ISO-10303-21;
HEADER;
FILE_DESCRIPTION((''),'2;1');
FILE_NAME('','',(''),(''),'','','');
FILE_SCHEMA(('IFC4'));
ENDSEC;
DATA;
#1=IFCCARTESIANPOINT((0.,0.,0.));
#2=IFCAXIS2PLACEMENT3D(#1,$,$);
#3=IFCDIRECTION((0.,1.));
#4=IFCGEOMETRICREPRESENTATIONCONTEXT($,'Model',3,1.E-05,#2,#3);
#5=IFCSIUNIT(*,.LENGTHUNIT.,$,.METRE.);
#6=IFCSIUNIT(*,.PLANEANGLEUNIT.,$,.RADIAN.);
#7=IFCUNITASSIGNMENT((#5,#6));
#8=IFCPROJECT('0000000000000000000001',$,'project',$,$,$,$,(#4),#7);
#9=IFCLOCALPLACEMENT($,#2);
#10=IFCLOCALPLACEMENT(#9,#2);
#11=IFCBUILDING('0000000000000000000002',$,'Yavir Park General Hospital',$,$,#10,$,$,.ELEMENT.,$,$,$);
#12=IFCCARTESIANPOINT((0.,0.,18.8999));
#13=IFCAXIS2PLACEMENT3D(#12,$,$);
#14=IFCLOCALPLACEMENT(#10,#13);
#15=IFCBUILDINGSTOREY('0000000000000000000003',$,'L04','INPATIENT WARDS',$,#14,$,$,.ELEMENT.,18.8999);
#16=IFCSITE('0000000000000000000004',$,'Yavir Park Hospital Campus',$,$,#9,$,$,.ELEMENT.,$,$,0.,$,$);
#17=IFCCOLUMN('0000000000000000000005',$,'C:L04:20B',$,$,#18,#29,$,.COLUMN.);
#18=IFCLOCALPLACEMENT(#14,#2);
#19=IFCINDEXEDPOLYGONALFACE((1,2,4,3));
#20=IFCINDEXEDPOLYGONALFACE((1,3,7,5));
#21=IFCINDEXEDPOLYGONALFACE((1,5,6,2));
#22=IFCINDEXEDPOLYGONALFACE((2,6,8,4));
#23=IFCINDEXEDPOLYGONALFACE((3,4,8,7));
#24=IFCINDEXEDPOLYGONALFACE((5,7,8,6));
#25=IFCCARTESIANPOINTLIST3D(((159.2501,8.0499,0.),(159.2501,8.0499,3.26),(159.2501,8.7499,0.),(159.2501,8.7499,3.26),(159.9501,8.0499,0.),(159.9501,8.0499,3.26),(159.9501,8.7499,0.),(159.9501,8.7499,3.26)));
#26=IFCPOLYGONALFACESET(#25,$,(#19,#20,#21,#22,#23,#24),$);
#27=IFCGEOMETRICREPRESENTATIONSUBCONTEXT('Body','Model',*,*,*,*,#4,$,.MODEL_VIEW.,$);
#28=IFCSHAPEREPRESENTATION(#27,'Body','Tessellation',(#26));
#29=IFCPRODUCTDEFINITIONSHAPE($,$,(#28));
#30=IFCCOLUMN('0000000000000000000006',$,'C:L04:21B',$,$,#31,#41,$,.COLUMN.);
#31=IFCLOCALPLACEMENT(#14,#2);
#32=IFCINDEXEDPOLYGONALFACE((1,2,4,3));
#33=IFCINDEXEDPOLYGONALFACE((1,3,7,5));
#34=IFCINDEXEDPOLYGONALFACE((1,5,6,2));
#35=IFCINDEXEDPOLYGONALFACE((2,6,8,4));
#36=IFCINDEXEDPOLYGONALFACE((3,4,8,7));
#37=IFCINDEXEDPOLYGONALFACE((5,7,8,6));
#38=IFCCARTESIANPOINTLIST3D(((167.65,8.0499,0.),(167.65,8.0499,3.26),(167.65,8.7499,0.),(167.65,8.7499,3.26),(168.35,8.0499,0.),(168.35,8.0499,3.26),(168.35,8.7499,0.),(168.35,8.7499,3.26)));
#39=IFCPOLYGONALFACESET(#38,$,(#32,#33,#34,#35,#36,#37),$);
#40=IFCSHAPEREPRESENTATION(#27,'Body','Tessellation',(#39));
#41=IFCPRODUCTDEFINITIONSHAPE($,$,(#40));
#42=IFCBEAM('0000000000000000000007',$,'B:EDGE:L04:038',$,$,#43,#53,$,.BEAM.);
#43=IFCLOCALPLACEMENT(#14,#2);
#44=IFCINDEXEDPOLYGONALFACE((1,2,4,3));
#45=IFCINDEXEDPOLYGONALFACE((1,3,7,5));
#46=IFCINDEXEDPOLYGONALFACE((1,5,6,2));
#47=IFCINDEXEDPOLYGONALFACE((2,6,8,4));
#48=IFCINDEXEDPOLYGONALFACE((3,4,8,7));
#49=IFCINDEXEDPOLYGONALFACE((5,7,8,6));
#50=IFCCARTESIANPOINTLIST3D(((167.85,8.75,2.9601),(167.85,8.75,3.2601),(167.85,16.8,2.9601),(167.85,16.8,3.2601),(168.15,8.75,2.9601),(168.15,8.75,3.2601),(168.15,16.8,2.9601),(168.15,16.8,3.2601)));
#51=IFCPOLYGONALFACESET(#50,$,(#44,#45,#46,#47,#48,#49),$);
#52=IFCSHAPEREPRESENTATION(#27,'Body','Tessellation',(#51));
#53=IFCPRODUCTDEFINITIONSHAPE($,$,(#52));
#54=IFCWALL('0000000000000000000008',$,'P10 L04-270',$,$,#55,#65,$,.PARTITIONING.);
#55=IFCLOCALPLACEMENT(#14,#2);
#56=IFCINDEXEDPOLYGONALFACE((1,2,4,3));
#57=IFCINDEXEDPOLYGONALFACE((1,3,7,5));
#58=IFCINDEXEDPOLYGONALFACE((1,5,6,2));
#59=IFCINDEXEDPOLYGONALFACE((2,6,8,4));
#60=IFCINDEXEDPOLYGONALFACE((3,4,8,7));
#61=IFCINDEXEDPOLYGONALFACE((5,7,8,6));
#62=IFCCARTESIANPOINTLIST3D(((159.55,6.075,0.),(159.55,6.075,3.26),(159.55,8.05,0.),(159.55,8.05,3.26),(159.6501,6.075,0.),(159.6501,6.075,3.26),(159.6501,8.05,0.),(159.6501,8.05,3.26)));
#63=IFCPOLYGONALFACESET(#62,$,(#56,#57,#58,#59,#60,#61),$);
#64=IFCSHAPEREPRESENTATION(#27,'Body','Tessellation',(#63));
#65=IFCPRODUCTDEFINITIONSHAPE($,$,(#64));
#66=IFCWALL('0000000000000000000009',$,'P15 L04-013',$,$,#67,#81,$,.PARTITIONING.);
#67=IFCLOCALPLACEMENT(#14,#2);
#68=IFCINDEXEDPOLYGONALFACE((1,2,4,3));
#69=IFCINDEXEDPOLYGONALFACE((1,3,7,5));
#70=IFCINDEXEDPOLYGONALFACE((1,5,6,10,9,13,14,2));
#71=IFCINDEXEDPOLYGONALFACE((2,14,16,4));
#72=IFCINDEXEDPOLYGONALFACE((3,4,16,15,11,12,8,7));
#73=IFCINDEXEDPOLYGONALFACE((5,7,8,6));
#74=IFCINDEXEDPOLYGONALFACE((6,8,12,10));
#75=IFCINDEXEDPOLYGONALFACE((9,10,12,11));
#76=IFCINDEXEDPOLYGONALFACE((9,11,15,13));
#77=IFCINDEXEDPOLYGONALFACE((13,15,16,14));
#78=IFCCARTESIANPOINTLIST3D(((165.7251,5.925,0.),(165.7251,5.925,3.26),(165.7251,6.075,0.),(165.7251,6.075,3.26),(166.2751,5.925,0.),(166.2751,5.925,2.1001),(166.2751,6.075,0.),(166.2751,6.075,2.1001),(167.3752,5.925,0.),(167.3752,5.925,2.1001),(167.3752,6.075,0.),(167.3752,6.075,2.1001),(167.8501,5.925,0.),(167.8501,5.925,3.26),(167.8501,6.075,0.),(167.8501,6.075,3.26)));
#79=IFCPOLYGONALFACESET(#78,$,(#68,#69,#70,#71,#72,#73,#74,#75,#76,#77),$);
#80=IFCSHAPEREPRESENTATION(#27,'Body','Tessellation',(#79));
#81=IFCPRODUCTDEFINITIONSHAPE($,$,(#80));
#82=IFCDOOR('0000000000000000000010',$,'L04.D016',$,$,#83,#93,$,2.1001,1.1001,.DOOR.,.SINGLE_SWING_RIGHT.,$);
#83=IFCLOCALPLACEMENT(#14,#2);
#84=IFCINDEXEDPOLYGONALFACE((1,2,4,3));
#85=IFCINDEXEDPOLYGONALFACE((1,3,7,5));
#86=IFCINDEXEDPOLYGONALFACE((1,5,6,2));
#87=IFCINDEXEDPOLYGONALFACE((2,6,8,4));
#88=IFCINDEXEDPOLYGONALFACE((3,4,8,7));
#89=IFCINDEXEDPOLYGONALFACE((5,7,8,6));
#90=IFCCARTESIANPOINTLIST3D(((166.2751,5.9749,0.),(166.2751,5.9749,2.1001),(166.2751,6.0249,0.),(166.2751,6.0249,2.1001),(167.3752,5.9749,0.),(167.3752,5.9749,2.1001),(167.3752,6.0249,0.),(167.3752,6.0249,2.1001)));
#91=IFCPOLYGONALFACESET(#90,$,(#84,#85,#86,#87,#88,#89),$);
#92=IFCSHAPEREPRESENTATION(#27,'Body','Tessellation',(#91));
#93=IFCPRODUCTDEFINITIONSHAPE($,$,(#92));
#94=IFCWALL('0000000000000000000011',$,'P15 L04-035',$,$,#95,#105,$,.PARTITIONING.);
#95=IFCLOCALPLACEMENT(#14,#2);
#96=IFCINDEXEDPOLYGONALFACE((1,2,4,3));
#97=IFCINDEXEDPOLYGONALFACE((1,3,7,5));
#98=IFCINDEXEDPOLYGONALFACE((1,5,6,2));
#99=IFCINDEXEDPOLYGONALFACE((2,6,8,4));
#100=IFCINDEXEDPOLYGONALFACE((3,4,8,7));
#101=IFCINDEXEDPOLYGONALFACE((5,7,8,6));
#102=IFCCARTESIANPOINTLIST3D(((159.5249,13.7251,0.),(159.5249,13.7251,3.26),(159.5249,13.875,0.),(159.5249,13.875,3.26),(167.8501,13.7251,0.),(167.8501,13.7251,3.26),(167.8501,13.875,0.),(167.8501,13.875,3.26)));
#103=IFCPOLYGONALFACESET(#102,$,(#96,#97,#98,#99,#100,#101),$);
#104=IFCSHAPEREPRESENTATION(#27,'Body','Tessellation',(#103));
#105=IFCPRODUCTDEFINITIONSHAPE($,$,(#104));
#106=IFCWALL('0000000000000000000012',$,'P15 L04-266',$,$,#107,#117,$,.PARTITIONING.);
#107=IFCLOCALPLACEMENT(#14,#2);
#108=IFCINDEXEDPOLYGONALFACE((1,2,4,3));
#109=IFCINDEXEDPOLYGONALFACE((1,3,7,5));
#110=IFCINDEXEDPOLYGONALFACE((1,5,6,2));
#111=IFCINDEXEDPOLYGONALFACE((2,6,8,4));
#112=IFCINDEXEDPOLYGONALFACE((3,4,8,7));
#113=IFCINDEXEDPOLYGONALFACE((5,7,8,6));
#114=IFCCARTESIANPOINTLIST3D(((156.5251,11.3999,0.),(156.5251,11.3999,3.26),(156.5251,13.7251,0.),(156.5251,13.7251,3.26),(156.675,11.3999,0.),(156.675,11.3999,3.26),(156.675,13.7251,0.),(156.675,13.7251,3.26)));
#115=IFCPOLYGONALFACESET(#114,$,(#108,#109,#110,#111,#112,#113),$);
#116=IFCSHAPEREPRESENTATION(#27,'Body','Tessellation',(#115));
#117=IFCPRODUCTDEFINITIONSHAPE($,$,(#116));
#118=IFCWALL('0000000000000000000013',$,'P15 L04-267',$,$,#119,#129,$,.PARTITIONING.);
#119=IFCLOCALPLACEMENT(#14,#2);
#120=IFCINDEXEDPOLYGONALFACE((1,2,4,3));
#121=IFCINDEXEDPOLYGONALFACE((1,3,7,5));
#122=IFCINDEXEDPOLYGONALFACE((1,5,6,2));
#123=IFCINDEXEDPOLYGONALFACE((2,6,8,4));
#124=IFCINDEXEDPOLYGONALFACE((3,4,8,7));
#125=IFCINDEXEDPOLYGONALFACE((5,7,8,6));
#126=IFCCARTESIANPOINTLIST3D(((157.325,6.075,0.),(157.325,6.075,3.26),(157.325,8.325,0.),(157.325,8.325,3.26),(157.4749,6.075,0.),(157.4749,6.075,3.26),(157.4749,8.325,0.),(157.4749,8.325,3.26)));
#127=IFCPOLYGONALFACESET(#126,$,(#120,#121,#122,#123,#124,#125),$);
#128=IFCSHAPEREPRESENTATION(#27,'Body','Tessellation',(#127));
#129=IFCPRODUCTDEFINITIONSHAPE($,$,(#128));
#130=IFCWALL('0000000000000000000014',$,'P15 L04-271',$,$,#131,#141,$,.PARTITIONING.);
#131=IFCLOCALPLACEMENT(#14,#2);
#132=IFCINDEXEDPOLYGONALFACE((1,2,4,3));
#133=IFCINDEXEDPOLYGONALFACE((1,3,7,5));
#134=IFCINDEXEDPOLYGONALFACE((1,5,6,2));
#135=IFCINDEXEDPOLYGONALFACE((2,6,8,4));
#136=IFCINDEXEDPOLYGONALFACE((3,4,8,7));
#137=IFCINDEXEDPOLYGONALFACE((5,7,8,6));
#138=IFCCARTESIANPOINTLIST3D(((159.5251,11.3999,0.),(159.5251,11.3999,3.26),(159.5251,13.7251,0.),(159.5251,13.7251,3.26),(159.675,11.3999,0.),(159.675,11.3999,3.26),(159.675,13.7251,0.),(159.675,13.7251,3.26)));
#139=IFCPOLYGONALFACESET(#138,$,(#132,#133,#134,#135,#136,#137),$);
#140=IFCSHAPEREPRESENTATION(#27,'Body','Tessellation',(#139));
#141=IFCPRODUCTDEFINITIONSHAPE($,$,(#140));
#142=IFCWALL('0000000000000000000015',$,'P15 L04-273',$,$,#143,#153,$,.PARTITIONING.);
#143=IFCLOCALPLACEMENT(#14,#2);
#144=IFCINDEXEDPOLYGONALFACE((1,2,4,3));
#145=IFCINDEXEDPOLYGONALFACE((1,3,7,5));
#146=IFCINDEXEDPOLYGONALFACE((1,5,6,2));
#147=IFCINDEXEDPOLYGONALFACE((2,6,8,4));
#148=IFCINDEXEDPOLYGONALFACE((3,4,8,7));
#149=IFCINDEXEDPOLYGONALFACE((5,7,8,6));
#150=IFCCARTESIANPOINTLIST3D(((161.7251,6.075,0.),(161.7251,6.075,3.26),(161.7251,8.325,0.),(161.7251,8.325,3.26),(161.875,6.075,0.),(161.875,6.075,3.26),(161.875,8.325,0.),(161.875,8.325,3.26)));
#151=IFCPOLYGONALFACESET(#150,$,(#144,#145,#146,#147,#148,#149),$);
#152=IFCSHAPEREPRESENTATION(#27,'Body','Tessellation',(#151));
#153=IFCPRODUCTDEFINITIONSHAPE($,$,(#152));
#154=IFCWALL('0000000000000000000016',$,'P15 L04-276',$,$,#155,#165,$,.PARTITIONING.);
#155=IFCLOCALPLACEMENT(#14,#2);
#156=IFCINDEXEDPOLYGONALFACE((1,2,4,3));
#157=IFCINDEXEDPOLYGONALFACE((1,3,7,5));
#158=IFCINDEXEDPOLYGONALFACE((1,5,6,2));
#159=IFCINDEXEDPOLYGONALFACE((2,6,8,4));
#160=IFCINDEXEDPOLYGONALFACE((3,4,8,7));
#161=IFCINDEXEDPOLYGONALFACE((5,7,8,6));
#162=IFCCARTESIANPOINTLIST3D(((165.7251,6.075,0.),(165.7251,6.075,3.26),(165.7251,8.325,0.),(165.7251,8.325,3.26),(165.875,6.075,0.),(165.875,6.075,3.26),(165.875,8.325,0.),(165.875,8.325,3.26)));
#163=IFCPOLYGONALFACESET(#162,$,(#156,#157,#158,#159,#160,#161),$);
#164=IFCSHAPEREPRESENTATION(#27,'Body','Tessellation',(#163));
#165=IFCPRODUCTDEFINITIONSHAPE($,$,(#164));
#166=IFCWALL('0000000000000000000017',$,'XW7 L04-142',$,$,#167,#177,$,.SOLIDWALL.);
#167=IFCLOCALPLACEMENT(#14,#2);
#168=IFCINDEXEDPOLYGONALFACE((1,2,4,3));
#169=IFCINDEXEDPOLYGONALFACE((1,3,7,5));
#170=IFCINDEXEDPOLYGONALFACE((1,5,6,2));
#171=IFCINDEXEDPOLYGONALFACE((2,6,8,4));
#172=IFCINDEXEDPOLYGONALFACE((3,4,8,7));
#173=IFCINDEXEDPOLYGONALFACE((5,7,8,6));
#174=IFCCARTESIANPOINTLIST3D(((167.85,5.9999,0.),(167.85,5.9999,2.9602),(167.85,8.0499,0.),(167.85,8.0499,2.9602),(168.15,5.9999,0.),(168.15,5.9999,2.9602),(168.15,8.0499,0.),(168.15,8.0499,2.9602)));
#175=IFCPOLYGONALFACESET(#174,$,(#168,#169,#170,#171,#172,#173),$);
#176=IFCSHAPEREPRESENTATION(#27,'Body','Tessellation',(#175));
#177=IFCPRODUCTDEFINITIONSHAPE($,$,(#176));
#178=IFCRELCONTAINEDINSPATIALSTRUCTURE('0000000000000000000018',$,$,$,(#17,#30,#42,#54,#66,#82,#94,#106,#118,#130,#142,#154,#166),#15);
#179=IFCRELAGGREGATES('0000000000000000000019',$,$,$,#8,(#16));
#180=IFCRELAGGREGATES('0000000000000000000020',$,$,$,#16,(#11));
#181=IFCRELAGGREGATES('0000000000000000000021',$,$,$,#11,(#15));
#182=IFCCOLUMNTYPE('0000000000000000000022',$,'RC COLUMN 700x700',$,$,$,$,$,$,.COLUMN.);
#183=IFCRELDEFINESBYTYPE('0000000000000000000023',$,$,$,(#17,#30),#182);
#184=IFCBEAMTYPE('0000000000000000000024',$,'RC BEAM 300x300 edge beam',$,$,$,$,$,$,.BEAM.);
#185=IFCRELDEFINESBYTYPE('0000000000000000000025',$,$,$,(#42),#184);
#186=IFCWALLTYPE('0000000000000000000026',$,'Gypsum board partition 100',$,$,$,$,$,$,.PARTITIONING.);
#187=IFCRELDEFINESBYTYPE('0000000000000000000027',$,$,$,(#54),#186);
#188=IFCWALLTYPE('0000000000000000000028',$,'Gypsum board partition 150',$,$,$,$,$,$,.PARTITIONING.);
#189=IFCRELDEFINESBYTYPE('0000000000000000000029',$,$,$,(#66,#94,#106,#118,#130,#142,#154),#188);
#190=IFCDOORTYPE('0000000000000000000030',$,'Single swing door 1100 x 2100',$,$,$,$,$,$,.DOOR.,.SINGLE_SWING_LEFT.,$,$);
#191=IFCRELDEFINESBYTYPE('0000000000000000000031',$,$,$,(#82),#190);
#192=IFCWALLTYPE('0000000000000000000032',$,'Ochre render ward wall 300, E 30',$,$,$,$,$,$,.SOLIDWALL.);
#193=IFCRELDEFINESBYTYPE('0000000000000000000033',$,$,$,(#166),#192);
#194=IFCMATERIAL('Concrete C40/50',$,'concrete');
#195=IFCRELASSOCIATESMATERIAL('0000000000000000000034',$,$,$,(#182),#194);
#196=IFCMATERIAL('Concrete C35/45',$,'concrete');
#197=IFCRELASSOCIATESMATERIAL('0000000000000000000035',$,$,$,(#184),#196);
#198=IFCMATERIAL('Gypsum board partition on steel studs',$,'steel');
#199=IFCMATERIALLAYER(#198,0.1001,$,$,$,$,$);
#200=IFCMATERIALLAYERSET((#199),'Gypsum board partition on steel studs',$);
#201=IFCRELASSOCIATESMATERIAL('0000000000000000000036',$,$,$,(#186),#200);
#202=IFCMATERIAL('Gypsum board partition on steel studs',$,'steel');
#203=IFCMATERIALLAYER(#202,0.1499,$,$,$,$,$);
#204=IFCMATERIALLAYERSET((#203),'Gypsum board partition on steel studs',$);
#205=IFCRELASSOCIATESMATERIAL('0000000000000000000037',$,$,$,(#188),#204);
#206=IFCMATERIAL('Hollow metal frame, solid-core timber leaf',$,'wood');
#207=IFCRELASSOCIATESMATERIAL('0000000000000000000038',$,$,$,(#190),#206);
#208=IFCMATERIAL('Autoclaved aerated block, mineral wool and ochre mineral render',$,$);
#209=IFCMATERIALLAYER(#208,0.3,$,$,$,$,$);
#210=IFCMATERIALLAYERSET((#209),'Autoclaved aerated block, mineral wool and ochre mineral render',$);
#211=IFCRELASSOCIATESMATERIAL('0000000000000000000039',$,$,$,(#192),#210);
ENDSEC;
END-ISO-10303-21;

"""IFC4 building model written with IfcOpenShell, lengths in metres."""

from ifc_helpers import new_model, si_unit, direction, frame, frame_2d, origin, origin_2d, place, context, subcontext, project, spatial, rectangle, extrude, material, layer, layer_set, material_profile, profile_set, type_object, element, fill, save


model = new_model("IFC4")

# Units and contexts
model_context = context("Model", 3, precision=1e-05, world=origin(), true_north=direction((0.0, 1.0)))
body_context = subcontext(model_context, "Body", "Model", "MODEL_VIEW")
ifc_project = project(units=[si_unit("LENGTHUNIT", "METRE"), si_unit("PLANEANGLEUNIT", "RADIAN")], contexts=[model_context])

# Site, building, storey
site_placement = place(None, origin())
site = spatial("IfcSite", under=ifc_project, at=site_placement, Name="Yavir Park Hospital Campus", CompositionType="ELEMENT", RefElevation=0.0)
building_placement = place(site_placement, origin())
building = spatial("IfcBuilding", under=site, at=building_placement, Name="Yavir Park General Hospital", CompositionType="ELEMENT")
storey_placement = place(building_placement, frame((0.0, 0.0, 18.8999)))
storey = spatial("IfcBuildingStorey", under=building, at=storey_placement, Name="L04", Description="INPATIENT WARDS", CompositionType="ELEMENT", Elevation=18.8999)

# Columns
ifc_material_1 = material(Name="Concrete C40/50", Category="concrete")
ifc_material_profile_1 = material_profile(ifc_material_1, rectangle(XDim=0.7, YDim=0.7, at=origin_2d()), Name="RC700x700")
ifc_profile_set_1 = profile_set([ifc_material_profile_1], Name="Concrete C40/50")
column_type = type_object("IfcColumnType", Name="RC COLUMN 700x700", PredefinedType="COLUMN", material=ifc_profile_set_1)
for number, where, z_axis, x_axis, name in (
    (1, (159.6001, 8.3999, 0.0), (0.0, 0.0, 1.0), (1.0, 0.0, 0.0), "C:L04:20B"),
    (2, (168.0, 8.3999, 0.0), (0.0, 0.0, 1.0), (1.0, 0.0, 0.0), "C:L04:21B"),
):
    element("IfcColumn", number, at=place(storey_placement, frame(where, z_axis=z_axis, x_axis=x_axis)), inside=storey, type_object=column_type, Name=name, PredefinedType="COLUMN", context=body_context, shape_type="SweptSolid", body=[
        extrude(rectangle(XDim=0.7, YDim=0.7, at=origin_2d()), origin(), (0.0, 0.0, 1.0), 3.26),
    ])

# Beam
ifc_material_2 = material(Name="Concrete C35/45", Category="concrete")
ifc_material_profile_2 = material_profile(ifc_material_2, rectangle(XDim=0.3, YDim=0.3, at=origin_2d()), Name="RC300x300")
ifc_profile_set_2 = profile_set([ifc_material_profile_2], Name="Concrete C35/45")
beam_type = type_object("IfcBeamType", Name="RC BEAM 300x300 edge beam", PredefinedType="BEAM", material=ifc_profile_set_2)
beam_placement = place(storey_placement, frame((168.0, 8.75, 3.1101), z_axis=(0.0, 1.0, 0.0), x_axis=(-1.0, 0.0, 0.0)))
element("IfcBeam", 3, at=beam_placement, inside=storey, type_object=beam_type, Name="B:EDGE:L04:038", PredefinedType="BEAM", context=body_context, shape_type="SweptSolid", body=[
    extrude(rectangle(XDim=0.3, YDim=0.3, at=origin_2d()), origin(), (0.0, 0.0, 1.0), 8.05),
])

# Wall
ifc_material_3 = material(Name="Gypsum board partition on steel studs", Category="steel")
ifc_layer_1 = layer(ifc_material_3, 0.1001)
ifc_layer_set_1 = layer_set([ifc_layer_1], Name="Gypsum board partition on steel studs")
wall_type_1 = type_object("IfcWallType", Name="Gypsum board partition 100", PredefinedType="PARTITIONING", material=ifc_layer_set_1)
wall_1_placement = place(storey_placement, frame((159.6001, 6.075, 0.0), z_axis=(0.0, 0.0, 1.0), x_axis=(0.0, 1.0, 0.0)))
element("IfcWall", 4, at=wall_1_placement, inside=storey, type_object=wall_type_1, Name="P10 L04-270", PredefinedType="PARTITIONING", context=body_context, shape_type="SweptSolid", body=[
    extrude(rectangle(XDim=1.9751, YDim=0.1001, at=frame_2d((0.9875, 0.0))), origin(), (0.0, 0.0, 1.0), 3.26),
])

# Wall, opening, door
ifc_material_4 = material(Name="Gypsum board partition on steel studs", Category="steel")
ifc_layer_2 = layer(ifc_material_4, 0.1499)
ifc_layer_set_2 = layer_set([ifc_layer_2], Name="Gypsum board partition on steel studs")
wall_type_2 = type_object("IfcWallType", Name="Gypsum board partition 150", PredefinedType="PARTITIONING", material=ifc_layer_set_2)
wall_2_placement = place(storey_placement, frame((165.7251, 6.0, 0.0), z_axis=(0.0, 0.0, 1.0), x_axis=(1.0, 0.0, 0.0)))
wall_2 = element("IfcWall", 5, at=wall_2_placement, inside=storey, type_object=wall_type_2, Name="P15 L04-013", PredefinedType="PARTITIONING", context=body_context, shape_type="SweptSolid", body=[
    extrude(rectangle(XDim=2.125, YDim=0.1499, at=frame_2d((1.0625, 0.0))), origin(), (0.0, 0.0, 1.0), 3.26),
])
opening_1_placement = place(wall_2_placement, frame((0.55, 0.0, 0.0)))
opening_1 = element("IfcOpeningElement", 6, at=opening_1_placement, cuts=wall_2, PredefinedType="OPENING", context=body_context, shape_type="SweptSolid", body=[
    extrude(rectangle(XDim=1.1001, YDim=2.1001, at=frame_2d((0.55, 1.05))), frame((0.0, 0.085, 0.0), z_axis=(0.0, -1.0, 0.0), x_axis=(1.0, 0.0, 0.0)), (0.0, 0.0, 1.0), 0.1699),
])
ifc_material_5 = material(Name="Hollow metal frame, solid-core timber leaf", Category="wood")
door_type_1 = type_object("IfcDoorType", Name="Single swing door 1100 x 2100", OperationType="SINGLE_SWING_LEFT", PredefinedType="DOOR", material=ifc_material_5)
door_1_placement = place(opening_1_placement, origin())
door_1 = element("IfcDoor", 7, at=door_1_placement, inside=storey, type_object=door_type_1, Name="L04.D016", OperationType="SINGLE_SWING_RIGHT", OverallHeight=2.1001, OverallWidth=1.1001, PredefinedType="DOOR", context=body_context, shape_type="SweptSolid", body=[
    extrude(rectangle(XDim=1.1001, YDim=2.1001, at=frame_2d((0.55, 1.05))), frame((0.0, 0.0249, 0.0), z_axis=(0.0, -1.0, 0.0), x_axis=(1.0, 0.0, 0.0)), (0.0, 0.0, 1.0), 0.05),
])
fill(opening_1, door_1)

# Walls
wall_3_placement = place(storey_placement, frame((159.5249, 13.8, 0.0), z_axis=(0.0, 0.0, 1.0), x_axis=(1.0, 0.0, 0.0)))
element("IfcWall", 8, at=wall_3_placement, inside=storey, type_object=wall_type_2, Name="P15 L04-035", PredefinedType="PARTITIONING", context=body_context, shape_type="SweptSolid", body=[
    extrude(rectangle(XDim=8.3252, YDim=0.1499, at=frame_2d((4.1626, 0.0))), origin(), (0.0, 0.0, 1.0), 3.26),
])
wall_4_placement = place(storey_placement, frame((156.6001, 11.3999, 0.0), z_axis=(0.0, 0.0, 1.0), x_axis=(0.0, 1.0, 0.0)))
element("IfcWall", 9, at=wall_4_placement, inside=storey, type_object=wall_type_2, Name="P15 L04-266", PredefinedType="PARTITIONING", context=body_context, shape_type="SweptSolid", body=[
    extrude(rectangle(XDim=2.3252, YDim=0.1499, at=frame_2d((1.1626, 0.0))), origin(), (0.0, 0.0, 1.0), 3.26),
])
wall_5_placement = place(storey_placement, frame((157.3999, 6.075, 0.0), z_axis=(0.0, 0.0, 1.0), x_axis=(0.0, 1.0, 0.0)))
element("IfcWall", 10, at=wall_5_placement, inside=storey, type_object=wall_type_2, Name="P15 L04-267", PredefinedType="PARTITIONING", context=body_context, shape_type="SweptSolid", body=[
    extrude(rectangle(XDim=2.25, YDim=0.1499, at=frame_2d((1.125, 0.0))), origin(), (0.0, 0.0, 1.0), 3.26),
])
wall_6_placement = place(storey_placement, frame((159.6001, 11.3999, 0.0), z_axis=(0.0, 0.0, 1.0), x_axis=(0.0, 1.0, 0.0)))
element("IfcWall", 11, at=wall_6_placement, inside=storey, type_object=wall_type_2, Name="P15 L04-271", PredefinedType="PARTITIONING", context=body_context, shape_type="SweptSolid", body=[
    extrude(rectangle(XDim=2.3252, YDim=0.1499, at=frame_2d((1.1626, 0.0))), origin(), (0.0, 0.0, 1.0), 3.26),
])
for number, where, z_axis, x_axis, name in (
    (12, (161.8, 6.075, 0.0), (0.0, 0.0, 1.0), (0.0, 1.0, 0.0), "P15 L04-273"),
    (13, (165.8, 6.075, 0.0), (0.0, 0.0, 1.0), (0.0, 1.0, 0.0), "P15 L04-276"),
):
    element("IfcWall", number, at=place(storey_placement, frame(where, z_axis=z_axis, x_axis=x_axis)), inside=storey, type_object=wall_type_2, Name=name, PredefinedType="PARTITIONING", context=body_context, shape_type="SweptSolid", body=[
        extrude(rectangle(XDim=2.25, YDim=0.1499, at=frame_2d((1.125, 0.0))), origin(), (0.0, 0.0, 1.0), 3.26),
    ])
ifc_material_6 = material(Name="Autoclaved aerated block, mineral wool and ochre mineral render")
ifc_layer_3 = layer(ifc_material_6, 0.3)
ifc_layer_set_3 = layer_set([ifc_layer_3], Name="Autoclaved aerated block, mineral wool and ochre mineral render")
wall_type_3 = type_object("IfcWallType", Name="Ochre render ward wall 300, E 30", PredefinedType="SOLIDWALL", material=ifc_layer_set_3)
wall_7_placement = place(storey_placement, frame((168.0, 6.0, 0.0), z_axis=(0.0, 0.0, 1.0), x_axis=(0.0, 1.0, 0.0)))
element("IfcWall", 14, at=wall_7_placement, inside=storey, type_object=wall_type_3, Name="XW7 L04-142", PredefinedType="SOLIDWALL", context=body_context, shape_type="SweptSolid", body=[
    extrude(rectangle(XDim=2.05, YDim=0.3, at=frame_2d((1.0249, 0.0))), origin(), (0.0, 0.0, 1.0), 2.9602),
])

save(model, "model.ifc")
